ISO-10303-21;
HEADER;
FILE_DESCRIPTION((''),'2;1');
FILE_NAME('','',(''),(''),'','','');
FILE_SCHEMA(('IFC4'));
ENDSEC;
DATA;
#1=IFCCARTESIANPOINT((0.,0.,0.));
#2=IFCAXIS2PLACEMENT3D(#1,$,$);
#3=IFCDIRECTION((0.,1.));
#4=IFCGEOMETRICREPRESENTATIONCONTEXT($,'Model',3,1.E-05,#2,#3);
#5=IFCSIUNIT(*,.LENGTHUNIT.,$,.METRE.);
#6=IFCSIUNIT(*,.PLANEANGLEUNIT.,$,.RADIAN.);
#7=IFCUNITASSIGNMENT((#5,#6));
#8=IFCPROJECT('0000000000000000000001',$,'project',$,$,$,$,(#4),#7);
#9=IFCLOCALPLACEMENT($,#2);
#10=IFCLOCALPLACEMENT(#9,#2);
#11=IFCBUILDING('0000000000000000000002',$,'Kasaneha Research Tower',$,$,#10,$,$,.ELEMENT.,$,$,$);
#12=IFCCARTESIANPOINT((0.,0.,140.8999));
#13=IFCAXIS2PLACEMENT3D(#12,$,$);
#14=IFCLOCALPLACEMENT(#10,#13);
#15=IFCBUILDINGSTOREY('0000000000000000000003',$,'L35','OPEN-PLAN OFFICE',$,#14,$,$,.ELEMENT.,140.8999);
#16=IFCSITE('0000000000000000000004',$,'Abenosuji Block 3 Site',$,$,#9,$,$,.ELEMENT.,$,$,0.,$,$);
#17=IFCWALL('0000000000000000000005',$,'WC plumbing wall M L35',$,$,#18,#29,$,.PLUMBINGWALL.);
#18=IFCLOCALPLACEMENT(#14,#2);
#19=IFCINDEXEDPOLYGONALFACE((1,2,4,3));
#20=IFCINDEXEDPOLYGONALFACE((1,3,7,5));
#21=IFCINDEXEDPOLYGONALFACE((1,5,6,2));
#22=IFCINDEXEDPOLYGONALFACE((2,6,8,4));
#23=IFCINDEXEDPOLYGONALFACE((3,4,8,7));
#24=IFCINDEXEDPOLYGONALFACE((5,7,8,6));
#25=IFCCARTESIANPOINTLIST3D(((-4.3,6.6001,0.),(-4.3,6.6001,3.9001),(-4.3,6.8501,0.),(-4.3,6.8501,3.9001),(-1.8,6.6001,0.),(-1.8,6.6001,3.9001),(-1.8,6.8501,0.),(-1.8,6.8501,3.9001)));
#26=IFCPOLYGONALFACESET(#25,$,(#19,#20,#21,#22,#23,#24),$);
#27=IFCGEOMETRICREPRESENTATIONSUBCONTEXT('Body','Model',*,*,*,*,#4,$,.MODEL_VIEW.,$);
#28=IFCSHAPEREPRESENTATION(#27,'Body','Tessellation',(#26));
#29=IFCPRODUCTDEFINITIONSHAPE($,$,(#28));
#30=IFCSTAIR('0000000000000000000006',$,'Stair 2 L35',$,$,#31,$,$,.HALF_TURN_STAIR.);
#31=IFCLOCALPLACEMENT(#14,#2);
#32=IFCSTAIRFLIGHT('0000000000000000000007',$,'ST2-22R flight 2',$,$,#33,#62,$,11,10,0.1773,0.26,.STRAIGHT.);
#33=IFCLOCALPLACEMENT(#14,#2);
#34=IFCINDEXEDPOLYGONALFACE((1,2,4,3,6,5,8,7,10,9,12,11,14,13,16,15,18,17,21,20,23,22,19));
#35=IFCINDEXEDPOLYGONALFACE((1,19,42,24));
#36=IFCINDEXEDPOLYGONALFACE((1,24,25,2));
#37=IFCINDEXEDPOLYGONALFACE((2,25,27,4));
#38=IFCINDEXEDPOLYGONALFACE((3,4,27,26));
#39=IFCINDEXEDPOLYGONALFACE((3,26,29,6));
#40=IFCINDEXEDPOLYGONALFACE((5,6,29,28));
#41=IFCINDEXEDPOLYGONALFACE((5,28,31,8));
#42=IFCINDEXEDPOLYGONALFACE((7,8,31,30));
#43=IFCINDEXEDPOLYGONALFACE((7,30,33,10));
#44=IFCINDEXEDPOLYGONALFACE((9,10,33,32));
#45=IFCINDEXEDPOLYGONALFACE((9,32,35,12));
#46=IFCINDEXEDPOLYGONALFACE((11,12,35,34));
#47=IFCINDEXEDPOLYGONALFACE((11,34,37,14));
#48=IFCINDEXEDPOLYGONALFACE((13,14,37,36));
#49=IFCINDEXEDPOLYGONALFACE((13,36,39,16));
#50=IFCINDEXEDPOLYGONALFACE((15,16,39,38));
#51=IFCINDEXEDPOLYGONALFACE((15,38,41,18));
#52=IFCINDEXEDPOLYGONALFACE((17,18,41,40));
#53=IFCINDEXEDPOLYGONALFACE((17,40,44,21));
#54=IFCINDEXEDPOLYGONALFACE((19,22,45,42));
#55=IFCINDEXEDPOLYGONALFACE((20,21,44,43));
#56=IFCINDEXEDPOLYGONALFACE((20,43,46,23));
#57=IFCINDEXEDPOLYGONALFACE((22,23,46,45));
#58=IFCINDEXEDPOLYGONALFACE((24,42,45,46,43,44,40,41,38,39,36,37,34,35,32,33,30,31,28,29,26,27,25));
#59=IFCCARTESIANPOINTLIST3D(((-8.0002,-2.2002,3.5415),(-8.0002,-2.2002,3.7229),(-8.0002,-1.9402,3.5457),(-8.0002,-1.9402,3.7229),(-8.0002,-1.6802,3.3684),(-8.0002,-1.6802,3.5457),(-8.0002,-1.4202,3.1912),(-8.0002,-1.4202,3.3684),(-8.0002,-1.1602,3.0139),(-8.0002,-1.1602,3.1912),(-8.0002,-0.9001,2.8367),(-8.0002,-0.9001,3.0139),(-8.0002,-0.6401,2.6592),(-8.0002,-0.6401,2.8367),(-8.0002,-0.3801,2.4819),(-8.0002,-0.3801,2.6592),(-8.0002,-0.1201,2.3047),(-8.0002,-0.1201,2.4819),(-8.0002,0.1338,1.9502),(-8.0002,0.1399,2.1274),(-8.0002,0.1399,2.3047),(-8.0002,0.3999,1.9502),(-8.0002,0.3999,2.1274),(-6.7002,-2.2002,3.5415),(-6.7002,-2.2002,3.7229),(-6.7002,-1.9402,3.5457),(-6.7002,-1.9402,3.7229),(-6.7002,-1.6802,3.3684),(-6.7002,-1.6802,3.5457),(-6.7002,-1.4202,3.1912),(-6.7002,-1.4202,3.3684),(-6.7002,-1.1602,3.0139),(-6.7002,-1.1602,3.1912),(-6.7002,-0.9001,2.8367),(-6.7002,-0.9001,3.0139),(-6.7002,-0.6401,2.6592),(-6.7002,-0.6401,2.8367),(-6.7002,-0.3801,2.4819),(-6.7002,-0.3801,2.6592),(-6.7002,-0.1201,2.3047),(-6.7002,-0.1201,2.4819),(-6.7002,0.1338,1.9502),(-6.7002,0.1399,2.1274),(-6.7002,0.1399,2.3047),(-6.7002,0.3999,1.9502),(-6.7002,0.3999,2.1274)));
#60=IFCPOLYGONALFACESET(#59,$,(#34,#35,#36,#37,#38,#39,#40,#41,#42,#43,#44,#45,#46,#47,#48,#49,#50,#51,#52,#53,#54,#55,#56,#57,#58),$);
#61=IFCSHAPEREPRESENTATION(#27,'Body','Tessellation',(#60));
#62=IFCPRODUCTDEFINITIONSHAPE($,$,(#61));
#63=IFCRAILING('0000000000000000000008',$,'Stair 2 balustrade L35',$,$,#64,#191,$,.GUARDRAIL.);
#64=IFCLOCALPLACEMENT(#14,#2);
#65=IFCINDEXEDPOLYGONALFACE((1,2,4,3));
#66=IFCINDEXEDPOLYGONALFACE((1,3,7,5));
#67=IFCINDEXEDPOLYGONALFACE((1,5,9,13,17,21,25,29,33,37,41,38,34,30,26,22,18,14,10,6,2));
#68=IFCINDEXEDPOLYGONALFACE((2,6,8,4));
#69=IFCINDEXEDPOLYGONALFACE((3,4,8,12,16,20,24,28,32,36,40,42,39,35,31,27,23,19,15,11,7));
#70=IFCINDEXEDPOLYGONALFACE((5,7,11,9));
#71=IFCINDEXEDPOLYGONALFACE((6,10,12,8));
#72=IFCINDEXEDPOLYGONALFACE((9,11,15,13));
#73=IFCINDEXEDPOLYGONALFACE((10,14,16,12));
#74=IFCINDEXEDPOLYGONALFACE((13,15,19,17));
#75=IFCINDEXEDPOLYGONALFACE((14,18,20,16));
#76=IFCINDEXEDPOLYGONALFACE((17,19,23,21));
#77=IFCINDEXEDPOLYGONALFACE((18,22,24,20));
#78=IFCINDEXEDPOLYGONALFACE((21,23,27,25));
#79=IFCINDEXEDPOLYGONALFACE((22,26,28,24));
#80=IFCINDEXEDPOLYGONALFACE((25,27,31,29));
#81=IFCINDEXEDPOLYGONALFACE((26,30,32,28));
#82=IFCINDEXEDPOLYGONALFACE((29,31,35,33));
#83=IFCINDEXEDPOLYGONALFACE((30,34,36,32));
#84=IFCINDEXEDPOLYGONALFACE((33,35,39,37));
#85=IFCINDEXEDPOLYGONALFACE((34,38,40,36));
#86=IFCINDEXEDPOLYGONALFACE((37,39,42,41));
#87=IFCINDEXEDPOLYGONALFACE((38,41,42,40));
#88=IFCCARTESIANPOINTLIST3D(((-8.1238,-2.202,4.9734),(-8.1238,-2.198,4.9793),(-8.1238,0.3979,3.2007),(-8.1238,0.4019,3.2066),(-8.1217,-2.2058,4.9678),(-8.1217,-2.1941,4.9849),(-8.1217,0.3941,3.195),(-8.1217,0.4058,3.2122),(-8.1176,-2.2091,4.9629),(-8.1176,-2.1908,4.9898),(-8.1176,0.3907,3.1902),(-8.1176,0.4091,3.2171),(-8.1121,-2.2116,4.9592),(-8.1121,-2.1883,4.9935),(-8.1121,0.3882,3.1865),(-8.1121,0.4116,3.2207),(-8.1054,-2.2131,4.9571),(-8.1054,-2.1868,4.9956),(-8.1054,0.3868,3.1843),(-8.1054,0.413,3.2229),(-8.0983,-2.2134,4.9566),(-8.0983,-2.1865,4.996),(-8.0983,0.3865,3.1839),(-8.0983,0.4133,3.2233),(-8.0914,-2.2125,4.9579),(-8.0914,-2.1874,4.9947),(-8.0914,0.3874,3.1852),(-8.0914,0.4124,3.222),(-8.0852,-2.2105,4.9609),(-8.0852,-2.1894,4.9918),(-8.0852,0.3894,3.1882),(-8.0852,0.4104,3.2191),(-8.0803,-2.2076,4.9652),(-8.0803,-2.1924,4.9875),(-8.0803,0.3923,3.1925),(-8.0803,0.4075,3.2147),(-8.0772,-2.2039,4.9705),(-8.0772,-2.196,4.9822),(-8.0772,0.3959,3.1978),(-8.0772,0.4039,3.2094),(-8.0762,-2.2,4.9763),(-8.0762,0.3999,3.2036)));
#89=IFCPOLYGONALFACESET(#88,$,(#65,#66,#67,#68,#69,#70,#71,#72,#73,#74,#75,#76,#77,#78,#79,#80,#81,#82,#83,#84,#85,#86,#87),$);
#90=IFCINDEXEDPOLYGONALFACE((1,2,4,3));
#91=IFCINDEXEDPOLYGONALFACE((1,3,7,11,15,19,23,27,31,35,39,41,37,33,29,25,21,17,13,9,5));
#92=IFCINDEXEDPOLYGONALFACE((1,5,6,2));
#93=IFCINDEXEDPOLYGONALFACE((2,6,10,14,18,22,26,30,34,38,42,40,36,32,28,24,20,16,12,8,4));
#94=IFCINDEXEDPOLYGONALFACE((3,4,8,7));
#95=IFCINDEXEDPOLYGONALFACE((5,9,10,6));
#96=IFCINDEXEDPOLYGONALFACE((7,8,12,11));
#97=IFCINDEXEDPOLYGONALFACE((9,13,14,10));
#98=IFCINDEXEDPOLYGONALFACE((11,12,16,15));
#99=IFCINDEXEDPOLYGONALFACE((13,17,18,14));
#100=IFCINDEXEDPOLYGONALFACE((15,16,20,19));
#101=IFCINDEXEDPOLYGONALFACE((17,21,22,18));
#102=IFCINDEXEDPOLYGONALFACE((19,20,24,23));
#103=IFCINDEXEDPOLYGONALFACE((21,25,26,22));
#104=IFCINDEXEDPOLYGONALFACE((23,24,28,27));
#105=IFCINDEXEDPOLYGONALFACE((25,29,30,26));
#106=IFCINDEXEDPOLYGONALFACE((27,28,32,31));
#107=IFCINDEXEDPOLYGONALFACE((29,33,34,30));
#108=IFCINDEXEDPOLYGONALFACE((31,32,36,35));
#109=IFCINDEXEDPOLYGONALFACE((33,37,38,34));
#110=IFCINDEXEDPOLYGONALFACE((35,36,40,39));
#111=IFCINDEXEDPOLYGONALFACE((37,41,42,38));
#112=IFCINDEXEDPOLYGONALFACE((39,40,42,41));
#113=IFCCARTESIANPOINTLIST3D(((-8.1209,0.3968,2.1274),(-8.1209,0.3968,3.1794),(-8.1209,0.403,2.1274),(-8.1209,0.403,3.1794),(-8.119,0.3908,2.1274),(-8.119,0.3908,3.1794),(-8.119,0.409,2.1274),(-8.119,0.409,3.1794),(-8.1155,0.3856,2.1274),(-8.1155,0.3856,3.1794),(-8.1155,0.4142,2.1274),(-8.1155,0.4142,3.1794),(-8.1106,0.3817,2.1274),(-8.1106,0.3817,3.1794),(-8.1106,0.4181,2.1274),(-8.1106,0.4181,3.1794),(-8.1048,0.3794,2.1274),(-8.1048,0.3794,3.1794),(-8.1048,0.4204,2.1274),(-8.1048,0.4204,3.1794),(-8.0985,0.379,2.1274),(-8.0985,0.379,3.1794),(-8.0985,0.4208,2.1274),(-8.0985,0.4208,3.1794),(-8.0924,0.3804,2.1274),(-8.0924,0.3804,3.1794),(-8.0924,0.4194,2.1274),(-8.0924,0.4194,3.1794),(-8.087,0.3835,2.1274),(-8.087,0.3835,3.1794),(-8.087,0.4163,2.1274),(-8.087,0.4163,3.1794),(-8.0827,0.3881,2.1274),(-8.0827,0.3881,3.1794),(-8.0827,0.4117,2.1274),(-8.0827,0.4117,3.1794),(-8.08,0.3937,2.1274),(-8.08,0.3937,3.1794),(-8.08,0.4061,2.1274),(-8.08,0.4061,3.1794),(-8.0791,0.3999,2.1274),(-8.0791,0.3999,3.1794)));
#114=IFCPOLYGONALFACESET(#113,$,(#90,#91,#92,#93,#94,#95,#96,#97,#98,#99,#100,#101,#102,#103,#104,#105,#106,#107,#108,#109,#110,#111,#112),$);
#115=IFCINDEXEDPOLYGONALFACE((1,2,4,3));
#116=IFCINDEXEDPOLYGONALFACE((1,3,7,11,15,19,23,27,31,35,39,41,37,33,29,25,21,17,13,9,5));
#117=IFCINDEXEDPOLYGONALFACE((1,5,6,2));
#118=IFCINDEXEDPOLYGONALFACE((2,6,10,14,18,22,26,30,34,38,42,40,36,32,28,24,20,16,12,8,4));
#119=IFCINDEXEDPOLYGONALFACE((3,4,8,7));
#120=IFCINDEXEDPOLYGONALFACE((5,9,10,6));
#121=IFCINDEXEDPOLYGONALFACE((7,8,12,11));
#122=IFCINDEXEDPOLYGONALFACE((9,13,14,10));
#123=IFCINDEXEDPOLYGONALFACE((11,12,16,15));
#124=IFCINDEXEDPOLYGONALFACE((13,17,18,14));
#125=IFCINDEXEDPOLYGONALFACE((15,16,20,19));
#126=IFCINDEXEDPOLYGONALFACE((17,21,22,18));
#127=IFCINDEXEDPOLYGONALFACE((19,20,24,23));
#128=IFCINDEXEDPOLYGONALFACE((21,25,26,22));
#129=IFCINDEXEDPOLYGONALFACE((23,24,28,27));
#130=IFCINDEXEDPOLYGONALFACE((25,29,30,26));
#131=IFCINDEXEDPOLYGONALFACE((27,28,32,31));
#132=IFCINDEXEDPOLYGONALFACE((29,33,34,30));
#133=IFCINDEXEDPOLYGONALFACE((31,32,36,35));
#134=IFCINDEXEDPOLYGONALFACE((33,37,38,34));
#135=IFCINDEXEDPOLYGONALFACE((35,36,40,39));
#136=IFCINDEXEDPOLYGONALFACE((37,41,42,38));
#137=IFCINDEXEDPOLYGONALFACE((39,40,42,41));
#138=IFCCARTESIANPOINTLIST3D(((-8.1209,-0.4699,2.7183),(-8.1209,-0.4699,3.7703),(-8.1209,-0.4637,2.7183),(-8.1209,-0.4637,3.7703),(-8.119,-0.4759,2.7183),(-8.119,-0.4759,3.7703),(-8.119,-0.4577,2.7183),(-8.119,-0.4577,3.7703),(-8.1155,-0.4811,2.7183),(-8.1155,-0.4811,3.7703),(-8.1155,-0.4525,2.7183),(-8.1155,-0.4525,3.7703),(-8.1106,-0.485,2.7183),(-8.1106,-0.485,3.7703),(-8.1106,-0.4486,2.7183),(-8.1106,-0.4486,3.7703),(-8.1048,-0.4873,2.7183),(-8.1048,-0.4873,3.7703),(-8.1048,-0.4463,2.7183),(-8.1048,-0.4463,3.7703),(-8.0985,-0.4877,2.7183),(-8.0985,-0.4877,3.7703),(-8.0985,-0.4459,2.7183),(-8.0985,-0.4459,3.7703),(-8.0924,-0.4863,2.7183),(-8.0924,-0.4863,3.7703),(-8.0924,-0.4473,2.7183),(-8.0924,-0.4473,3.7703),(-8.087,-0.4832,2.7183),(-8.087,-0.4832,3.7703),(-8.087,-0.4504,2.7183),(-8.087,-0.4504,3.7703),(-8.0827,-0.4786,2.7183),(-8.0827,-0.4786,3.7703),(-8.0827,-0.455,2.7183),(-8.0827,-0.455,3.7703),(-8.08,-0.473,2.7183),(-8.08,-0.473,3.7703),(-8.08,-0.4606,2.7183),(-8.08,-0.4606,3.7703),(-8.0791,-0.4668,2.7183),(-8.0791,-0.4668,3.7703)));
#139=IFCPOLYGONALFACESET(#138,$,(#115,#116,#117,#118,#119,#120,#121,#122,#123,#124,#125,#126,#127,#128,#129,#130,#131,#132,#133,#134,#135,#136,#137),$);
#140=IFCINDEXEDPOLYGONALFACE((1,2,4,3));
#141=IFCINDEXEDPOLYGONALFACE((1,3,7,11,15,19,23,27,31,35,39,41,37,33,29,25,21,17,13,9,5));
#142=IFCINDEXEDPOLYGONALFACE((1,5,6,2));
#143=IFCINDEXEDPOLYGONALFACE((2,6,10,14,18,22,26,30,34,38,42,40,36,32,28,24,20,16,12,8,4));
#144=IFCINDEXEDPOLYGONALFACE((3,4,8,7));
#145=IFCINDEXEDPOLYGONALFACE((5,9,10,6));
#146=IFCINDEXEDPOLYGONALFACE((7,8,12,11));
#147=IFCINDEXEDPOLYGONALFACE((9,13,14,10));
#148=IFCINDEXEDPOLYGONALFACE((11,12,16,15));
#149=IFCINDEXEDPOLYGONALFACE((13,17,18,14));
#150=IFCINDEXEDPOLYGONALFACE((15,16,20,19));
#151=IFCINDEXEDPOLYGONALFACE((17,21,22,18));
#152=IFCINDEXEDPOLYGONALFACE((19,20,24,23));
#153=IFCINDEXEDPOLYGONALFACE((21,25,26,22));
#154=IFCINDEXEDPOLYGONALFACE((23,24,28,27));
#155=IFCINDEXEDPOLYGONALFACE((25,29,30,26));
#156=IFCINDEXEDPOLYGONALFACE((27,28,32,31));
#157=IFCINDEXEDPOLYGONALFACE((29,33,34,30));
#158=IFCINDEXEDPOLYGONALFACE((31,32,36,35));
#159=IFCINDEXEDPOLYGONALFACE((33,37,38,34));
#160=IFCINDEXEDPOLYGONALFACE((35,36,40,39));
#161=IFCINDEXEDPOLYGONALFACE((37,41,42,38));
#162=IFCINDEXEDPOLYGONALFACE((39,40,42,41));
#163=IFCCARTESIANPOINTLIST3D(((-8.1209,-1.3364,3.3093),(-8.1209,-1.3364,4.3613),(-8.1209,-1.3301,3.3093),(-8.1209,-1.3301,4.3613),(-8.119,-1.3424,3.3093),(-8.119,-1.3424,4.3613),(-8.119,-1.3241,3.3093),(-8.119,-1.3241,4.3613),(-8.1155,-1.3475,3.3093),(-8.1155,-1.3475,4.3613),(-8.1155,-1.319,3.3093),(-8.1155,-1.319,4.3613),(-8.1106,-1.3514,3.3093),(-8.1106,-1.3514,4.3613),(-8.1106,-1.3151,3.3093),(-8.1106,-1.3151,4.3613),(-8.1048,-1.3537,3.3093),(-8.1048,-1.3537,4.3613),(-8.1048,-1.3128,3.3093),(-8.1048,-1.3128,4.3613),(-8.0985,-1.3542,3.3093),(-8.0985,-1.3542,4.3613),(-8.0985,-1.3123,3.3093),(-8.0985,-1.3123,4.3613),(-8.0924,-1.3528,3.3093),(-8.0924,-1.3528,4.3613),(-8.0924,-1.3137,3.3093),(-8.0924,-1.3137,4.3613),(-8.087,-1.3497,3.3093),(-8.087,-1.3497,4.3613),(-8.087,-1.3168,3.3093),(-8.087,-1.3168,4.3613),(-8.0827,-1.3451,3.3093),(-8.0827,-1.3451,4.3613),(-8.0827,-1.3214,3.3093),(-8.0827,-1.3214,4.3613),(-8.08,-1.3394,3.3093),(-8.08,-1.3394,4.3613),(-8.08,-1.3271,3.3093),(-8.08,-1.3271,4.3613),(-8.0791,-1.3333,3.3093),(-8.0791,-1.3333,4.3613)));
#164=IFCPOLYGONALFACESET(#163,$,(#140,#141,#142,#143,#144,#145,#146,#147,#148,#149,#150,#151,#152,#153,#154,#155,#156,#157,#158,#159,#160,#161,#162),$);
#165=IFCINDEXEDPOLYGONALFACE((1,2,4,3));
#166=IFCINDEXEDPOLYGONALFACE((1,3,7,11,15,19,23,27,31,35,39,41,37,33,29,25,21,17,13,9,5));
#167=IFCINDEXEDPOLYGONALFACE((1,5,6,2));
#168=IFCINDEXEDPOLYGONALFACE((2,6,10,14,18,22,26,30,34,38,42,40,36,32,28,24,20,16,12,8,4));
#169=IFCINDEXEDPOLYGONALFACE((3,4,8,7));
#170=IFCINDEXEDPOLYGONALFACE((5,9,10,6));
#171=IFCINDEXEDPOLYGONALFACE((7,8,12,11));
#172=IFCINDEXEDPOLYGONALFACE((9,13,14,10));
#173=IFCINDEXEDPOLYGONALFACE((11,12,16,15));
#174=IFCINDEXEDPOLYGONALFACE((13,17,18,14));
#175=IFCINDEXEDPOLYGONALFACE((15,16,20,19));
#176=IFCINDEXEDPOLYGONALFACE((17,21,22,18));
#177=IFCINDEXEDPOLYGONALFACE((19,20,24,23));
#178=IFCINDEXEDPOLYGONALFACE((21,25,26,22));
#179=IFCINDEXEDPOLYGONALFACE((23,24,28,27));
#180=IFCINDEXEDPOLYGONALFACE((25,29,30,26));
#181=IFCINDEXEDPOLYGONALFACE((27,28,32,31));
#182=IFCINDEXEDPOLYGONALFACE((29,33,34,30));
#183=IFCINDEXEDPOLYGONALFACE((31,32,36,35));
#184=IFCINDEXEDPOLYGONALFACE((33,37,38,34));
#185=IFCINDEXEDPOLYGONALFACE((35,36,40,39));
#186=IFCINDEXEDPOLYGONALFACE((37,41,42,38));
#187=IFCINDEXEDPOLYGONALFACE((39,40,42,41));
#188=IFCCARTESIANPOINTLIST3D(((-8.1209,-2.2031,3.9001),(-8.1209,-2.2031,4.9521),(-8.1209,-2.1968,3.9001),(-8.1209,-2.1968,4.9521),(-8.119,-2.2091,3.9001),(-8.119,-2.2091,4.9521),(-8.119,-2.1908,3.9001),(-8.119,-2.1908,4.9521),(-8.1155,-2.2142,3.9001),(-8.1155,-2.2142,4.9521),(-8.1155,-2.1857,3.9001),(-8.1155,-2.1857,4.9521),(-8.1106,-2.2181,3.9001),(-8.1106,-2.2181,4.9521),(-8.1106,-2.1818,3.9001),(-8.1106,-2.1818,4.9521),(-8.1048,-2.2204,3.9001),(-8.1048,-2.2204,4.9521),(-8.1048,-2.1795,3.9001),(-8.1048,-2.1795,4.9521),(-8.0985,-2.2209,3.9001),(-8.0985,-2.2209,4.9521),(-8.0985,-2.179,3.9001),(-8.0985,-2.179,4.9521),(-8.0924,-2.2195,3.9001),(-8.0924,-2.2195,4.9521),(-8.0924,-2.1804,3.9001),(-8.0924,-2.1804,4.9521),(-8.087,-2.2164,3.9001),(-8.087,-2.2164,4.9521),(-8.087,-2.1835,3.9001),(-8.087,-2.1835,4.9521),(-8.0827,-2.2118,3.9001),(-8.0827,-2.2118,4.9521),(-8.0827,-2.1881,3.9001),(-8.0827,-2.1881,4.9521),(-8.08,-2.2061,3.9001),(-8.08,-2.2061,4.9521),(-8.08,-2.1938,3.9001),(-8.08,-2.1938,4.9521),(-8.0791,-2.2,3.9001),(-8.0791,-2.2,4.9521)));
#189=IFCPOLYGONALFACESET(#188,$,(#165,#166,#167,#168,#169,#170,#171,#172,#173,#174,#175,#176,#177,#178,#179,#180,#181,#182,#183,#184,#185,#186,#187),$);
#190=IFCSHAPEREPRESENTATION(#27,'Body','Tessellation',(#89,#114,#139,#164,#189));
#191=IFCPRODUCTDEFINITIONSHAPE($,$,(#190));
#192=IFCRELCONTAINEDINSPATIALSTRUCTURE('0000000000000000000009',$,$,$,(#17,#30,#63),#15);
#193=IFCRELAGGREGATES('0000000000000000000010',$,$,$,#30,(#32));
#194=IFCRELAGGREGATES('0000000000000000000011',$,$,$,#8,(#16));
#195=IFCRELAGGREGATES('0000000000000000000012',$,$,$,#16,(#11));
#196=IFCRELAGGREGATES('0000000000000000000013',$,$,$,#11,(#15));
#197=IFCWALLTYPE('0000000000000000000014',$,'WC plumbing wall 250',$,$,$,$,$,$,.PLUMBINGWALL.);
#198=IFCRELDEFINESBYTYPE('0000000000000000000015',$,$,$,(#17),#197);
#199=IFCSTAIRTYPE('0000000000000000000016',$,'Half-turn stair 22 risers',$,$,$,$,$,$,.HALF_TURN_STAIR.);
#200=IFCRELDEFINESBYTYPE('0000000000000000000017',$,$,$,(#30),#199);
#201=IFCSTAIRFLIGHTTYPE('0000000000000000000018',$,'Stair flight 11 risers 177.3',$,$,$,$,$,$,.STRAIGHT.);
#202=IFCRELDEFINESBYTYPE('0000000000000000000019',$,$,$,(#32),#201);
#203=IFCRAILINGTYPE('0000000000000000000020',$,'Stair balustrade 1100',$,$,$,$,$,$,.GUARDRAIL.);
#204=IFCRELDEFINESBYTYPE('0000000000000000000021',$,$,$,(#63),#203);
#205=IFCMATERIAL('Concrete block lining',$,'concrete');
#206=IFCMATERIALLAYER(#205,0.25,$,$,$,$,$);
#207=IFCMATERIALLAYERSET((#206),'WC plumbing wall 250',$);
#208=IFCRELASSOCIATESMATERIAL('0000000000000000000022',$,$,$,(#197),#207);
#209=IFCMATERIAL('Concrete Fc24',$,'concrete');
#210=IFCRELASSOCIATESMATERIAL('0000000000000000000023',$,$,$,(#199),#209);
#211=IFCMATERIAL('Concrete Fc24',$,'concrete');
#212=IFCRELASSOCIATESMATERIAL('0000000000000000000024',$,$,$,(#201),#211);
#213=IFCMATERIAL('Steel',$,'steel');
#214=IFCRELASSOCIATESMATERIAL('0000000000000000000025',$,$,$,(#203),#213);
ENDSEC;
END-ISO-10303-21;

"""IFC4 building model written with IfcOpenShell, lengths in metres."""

from ifc_helpers import new_model, si_unit, direction, frame, frame_2d, origin, origin_2d, place, context, subcontext, project, spatial, polyline, rectangle, circle, outline, extrude, material, layer, layer_set, type_object, element, aggregate, save


model = new_model("IFC4")

# Units and contexts
model_context = context("Model", 3, precision=1e-05, world=origin(), true_north=direction((0.0, 1.0)))
body_context = subcontext(model_context, "Body", "Model", "MODEL_VIEW")
ifc_project = project(units=[si_unit("LENGTHUNIT", "METRE"), si_unit("PLANEANGLEUNIT", "RADIAN")], contexts=[model_context])

# Site, building, storey
site_placement = place(None, origin())
site = spatial("IfcSite", under=ifc_project, at=site_placement, Name="Abenosuji Block 3 Site", CompositionType="ELEMENT", RefElevation=0.0)
building_placement = place(site_placement, origin())
building = spatial("IfcBuilding", under=site, at=building_placement, Name="Kasaneha Research Tower", CompositionType="ELEMENT")
storey_placement = place(building_placement, frame((0.0, 0.0, 140.8999)))
storey = spatial("IfcBuildingStorey", under=building, at=storey_placement, Name="L35", Description="OPEN-PLAN OFFICE", CompositionType="ELEMENT", Elevation=140.8999)

# Wall
ifc_material_1 = material(Name="Concrete block lining", Category="concrete")
ifc_layer_1 = layer(ifc_material_1, 0.25)
ifc_layer_set_1 = layer_set([ifc_layer_1], Name="WC plumbing wall 250")
wall_type_1 = type_object("IfcWallType", Name="WC plumbing wall 250", PredefinedType="PLUMBINGWALL", material=ifc_layer_set_1)
wall_1_placement = place(storey_placement, frame((-4.3, 6.7251, 0.0), z_axis=(0.0, 0.0, 1.0), x_axis=(1.0, 0.0, 0.0)))
element("IfcWall", 1, at=wall_1_placement, inside=storey, type_object=wall_type_1, Name="WC plumbing wall M L35", PredefinedType="PLUMBINGWALL", context=body_context, shape_type="SweptSolid", body=[
    extrude(rectangle(XDim=2.5, YDim=0.25, at=frame_2d((1.25, 0.0))), origin(), (0.0, 0.0, 1.0), 3.9001),
])

# Stair, stair flight
ifc_material_2 = material(Name="Concrete Fc24", Category="concrete")
stair_type = type_object("IfcStairType", Name="Half-turn stair 22 risers", PredefinedType="HALF_TURN_STAIR", material=ifc_material_2)
stair_placement = place(storey_placement, origin())
stair = element("IfcStair", 2, at=stair_placement, inside=storey, type_object=stair_type, Name="Stair 2 L35", PredefinedType="HALF_TURN_STAIR")
ifc_material_3 = material(Name="Concrete Fc24", Category="concrete")
stair_flight_type = type_object("IfcStairFlightType", Name="Stair flight 11 risers 177.3", PredefinedType="STRAIGHT", material=ifc_material_3)
stair_flight_placement = place(storey_placement, frame((-7.3501, 0.3999, 1.9502), z_axis=(0.0, 0.0, 1.0), x_axis=(0.0, -1.0, 0.0)))
stair_flight = element("IfcStairFlight", 3, at=stair_flight_placement, type_object=stair_flight_type, Name="ST2-22R flight 2", NumberOfRisers=11, NumberOfTreads=10, PredefinedType="STRAIGHT", RiserHeight=0.1773, TreadLength=0.26, context=body_context, shape_type="SweptSolid", body=[
    extrude(outline(polyline([(0.0, 0.0), (0.0, 0.1772), (0.26, 0.1772), (0.26, 0.3545), (0.52, 0.3545), (0.52, 0.5317), (0.78, 0.5317), (0.78, 0.709), (1.04, 0.709), (1.04, 0.8865), (1.3, 0.8865), (1.3, 1.0637), (1.5601, 1.0637), (1.5601, 1.241), (1.8201, 1.241), (1.8201, 1.4182), (2.0801, 1.4182), (2.0801, 1.5955), (2.3401, 1.5955), (2.3401, 1.7727), (2.6001, 1.7727), (2.6001, 1.95), (2.6001, 1.5913), (0.2661, 0.0), (0.0, 0.0)])), frame((0.0, 0.6499, 0.0), z_axis=(0.0, -1.0, 0.0), x_axis=(1.0, 0.0, 0.0)), (0.0, 0.0, 1.0), 1.3),
])
aggregate(stair, [stair_flight])

# Railing
ifc_material_4 = material(Name="Steel", Category="steel")
railing_type_1 = type_object("IfcRailingType", Name="Stair balustrade 1100", PredefinedType="GUARDRAIL", material=ifc_material_4)
railing_1_placement = place(storey_placement, frame((-8.1001, 0.3999, 2.1274)))
element("IfcRailing", 4, at=railing_1_placement, inside=storey, type_object=railing_type_1, Name="Stair 2 balustrade L35", PredefinedType="GUARDRAIL", context=body_context, shape_type="SweptSolid", body=[
    extrude(circle(Radius=0.0239, at=origin_2d()), frame((0.0, 0.0, 1.0762), z_axis=(0.0, -0.826216, 0.563354), x_axis=(1.0, 0.0, 0.0)), (0.0, 0.0, 1.0), 3.1467),
    extrude(circle(Radius=0.021, at=origin_2d()), origin(), (0.0, 0.0, 1.0), 1.052),
    extrude(circle(Radius=0.021, at=origin_2d()), frame((0.0, -0.8667, 0.5908)), (0.0, 0.0, 1.0), 1.052),
    extrude(circle(Radius=0.021, at=origin_2d()), frame((0.0, -1.7332, 1.1819)), (0.0, 0.0, 1.0), 1.052),
    extrude(circle(Radius=0.021, at=origin_2d()), frame((0.0, -2.5999, 1.7727)), (0.0, 0.0, 1.0), 1.052),
])

save(model, "model.ifc")
